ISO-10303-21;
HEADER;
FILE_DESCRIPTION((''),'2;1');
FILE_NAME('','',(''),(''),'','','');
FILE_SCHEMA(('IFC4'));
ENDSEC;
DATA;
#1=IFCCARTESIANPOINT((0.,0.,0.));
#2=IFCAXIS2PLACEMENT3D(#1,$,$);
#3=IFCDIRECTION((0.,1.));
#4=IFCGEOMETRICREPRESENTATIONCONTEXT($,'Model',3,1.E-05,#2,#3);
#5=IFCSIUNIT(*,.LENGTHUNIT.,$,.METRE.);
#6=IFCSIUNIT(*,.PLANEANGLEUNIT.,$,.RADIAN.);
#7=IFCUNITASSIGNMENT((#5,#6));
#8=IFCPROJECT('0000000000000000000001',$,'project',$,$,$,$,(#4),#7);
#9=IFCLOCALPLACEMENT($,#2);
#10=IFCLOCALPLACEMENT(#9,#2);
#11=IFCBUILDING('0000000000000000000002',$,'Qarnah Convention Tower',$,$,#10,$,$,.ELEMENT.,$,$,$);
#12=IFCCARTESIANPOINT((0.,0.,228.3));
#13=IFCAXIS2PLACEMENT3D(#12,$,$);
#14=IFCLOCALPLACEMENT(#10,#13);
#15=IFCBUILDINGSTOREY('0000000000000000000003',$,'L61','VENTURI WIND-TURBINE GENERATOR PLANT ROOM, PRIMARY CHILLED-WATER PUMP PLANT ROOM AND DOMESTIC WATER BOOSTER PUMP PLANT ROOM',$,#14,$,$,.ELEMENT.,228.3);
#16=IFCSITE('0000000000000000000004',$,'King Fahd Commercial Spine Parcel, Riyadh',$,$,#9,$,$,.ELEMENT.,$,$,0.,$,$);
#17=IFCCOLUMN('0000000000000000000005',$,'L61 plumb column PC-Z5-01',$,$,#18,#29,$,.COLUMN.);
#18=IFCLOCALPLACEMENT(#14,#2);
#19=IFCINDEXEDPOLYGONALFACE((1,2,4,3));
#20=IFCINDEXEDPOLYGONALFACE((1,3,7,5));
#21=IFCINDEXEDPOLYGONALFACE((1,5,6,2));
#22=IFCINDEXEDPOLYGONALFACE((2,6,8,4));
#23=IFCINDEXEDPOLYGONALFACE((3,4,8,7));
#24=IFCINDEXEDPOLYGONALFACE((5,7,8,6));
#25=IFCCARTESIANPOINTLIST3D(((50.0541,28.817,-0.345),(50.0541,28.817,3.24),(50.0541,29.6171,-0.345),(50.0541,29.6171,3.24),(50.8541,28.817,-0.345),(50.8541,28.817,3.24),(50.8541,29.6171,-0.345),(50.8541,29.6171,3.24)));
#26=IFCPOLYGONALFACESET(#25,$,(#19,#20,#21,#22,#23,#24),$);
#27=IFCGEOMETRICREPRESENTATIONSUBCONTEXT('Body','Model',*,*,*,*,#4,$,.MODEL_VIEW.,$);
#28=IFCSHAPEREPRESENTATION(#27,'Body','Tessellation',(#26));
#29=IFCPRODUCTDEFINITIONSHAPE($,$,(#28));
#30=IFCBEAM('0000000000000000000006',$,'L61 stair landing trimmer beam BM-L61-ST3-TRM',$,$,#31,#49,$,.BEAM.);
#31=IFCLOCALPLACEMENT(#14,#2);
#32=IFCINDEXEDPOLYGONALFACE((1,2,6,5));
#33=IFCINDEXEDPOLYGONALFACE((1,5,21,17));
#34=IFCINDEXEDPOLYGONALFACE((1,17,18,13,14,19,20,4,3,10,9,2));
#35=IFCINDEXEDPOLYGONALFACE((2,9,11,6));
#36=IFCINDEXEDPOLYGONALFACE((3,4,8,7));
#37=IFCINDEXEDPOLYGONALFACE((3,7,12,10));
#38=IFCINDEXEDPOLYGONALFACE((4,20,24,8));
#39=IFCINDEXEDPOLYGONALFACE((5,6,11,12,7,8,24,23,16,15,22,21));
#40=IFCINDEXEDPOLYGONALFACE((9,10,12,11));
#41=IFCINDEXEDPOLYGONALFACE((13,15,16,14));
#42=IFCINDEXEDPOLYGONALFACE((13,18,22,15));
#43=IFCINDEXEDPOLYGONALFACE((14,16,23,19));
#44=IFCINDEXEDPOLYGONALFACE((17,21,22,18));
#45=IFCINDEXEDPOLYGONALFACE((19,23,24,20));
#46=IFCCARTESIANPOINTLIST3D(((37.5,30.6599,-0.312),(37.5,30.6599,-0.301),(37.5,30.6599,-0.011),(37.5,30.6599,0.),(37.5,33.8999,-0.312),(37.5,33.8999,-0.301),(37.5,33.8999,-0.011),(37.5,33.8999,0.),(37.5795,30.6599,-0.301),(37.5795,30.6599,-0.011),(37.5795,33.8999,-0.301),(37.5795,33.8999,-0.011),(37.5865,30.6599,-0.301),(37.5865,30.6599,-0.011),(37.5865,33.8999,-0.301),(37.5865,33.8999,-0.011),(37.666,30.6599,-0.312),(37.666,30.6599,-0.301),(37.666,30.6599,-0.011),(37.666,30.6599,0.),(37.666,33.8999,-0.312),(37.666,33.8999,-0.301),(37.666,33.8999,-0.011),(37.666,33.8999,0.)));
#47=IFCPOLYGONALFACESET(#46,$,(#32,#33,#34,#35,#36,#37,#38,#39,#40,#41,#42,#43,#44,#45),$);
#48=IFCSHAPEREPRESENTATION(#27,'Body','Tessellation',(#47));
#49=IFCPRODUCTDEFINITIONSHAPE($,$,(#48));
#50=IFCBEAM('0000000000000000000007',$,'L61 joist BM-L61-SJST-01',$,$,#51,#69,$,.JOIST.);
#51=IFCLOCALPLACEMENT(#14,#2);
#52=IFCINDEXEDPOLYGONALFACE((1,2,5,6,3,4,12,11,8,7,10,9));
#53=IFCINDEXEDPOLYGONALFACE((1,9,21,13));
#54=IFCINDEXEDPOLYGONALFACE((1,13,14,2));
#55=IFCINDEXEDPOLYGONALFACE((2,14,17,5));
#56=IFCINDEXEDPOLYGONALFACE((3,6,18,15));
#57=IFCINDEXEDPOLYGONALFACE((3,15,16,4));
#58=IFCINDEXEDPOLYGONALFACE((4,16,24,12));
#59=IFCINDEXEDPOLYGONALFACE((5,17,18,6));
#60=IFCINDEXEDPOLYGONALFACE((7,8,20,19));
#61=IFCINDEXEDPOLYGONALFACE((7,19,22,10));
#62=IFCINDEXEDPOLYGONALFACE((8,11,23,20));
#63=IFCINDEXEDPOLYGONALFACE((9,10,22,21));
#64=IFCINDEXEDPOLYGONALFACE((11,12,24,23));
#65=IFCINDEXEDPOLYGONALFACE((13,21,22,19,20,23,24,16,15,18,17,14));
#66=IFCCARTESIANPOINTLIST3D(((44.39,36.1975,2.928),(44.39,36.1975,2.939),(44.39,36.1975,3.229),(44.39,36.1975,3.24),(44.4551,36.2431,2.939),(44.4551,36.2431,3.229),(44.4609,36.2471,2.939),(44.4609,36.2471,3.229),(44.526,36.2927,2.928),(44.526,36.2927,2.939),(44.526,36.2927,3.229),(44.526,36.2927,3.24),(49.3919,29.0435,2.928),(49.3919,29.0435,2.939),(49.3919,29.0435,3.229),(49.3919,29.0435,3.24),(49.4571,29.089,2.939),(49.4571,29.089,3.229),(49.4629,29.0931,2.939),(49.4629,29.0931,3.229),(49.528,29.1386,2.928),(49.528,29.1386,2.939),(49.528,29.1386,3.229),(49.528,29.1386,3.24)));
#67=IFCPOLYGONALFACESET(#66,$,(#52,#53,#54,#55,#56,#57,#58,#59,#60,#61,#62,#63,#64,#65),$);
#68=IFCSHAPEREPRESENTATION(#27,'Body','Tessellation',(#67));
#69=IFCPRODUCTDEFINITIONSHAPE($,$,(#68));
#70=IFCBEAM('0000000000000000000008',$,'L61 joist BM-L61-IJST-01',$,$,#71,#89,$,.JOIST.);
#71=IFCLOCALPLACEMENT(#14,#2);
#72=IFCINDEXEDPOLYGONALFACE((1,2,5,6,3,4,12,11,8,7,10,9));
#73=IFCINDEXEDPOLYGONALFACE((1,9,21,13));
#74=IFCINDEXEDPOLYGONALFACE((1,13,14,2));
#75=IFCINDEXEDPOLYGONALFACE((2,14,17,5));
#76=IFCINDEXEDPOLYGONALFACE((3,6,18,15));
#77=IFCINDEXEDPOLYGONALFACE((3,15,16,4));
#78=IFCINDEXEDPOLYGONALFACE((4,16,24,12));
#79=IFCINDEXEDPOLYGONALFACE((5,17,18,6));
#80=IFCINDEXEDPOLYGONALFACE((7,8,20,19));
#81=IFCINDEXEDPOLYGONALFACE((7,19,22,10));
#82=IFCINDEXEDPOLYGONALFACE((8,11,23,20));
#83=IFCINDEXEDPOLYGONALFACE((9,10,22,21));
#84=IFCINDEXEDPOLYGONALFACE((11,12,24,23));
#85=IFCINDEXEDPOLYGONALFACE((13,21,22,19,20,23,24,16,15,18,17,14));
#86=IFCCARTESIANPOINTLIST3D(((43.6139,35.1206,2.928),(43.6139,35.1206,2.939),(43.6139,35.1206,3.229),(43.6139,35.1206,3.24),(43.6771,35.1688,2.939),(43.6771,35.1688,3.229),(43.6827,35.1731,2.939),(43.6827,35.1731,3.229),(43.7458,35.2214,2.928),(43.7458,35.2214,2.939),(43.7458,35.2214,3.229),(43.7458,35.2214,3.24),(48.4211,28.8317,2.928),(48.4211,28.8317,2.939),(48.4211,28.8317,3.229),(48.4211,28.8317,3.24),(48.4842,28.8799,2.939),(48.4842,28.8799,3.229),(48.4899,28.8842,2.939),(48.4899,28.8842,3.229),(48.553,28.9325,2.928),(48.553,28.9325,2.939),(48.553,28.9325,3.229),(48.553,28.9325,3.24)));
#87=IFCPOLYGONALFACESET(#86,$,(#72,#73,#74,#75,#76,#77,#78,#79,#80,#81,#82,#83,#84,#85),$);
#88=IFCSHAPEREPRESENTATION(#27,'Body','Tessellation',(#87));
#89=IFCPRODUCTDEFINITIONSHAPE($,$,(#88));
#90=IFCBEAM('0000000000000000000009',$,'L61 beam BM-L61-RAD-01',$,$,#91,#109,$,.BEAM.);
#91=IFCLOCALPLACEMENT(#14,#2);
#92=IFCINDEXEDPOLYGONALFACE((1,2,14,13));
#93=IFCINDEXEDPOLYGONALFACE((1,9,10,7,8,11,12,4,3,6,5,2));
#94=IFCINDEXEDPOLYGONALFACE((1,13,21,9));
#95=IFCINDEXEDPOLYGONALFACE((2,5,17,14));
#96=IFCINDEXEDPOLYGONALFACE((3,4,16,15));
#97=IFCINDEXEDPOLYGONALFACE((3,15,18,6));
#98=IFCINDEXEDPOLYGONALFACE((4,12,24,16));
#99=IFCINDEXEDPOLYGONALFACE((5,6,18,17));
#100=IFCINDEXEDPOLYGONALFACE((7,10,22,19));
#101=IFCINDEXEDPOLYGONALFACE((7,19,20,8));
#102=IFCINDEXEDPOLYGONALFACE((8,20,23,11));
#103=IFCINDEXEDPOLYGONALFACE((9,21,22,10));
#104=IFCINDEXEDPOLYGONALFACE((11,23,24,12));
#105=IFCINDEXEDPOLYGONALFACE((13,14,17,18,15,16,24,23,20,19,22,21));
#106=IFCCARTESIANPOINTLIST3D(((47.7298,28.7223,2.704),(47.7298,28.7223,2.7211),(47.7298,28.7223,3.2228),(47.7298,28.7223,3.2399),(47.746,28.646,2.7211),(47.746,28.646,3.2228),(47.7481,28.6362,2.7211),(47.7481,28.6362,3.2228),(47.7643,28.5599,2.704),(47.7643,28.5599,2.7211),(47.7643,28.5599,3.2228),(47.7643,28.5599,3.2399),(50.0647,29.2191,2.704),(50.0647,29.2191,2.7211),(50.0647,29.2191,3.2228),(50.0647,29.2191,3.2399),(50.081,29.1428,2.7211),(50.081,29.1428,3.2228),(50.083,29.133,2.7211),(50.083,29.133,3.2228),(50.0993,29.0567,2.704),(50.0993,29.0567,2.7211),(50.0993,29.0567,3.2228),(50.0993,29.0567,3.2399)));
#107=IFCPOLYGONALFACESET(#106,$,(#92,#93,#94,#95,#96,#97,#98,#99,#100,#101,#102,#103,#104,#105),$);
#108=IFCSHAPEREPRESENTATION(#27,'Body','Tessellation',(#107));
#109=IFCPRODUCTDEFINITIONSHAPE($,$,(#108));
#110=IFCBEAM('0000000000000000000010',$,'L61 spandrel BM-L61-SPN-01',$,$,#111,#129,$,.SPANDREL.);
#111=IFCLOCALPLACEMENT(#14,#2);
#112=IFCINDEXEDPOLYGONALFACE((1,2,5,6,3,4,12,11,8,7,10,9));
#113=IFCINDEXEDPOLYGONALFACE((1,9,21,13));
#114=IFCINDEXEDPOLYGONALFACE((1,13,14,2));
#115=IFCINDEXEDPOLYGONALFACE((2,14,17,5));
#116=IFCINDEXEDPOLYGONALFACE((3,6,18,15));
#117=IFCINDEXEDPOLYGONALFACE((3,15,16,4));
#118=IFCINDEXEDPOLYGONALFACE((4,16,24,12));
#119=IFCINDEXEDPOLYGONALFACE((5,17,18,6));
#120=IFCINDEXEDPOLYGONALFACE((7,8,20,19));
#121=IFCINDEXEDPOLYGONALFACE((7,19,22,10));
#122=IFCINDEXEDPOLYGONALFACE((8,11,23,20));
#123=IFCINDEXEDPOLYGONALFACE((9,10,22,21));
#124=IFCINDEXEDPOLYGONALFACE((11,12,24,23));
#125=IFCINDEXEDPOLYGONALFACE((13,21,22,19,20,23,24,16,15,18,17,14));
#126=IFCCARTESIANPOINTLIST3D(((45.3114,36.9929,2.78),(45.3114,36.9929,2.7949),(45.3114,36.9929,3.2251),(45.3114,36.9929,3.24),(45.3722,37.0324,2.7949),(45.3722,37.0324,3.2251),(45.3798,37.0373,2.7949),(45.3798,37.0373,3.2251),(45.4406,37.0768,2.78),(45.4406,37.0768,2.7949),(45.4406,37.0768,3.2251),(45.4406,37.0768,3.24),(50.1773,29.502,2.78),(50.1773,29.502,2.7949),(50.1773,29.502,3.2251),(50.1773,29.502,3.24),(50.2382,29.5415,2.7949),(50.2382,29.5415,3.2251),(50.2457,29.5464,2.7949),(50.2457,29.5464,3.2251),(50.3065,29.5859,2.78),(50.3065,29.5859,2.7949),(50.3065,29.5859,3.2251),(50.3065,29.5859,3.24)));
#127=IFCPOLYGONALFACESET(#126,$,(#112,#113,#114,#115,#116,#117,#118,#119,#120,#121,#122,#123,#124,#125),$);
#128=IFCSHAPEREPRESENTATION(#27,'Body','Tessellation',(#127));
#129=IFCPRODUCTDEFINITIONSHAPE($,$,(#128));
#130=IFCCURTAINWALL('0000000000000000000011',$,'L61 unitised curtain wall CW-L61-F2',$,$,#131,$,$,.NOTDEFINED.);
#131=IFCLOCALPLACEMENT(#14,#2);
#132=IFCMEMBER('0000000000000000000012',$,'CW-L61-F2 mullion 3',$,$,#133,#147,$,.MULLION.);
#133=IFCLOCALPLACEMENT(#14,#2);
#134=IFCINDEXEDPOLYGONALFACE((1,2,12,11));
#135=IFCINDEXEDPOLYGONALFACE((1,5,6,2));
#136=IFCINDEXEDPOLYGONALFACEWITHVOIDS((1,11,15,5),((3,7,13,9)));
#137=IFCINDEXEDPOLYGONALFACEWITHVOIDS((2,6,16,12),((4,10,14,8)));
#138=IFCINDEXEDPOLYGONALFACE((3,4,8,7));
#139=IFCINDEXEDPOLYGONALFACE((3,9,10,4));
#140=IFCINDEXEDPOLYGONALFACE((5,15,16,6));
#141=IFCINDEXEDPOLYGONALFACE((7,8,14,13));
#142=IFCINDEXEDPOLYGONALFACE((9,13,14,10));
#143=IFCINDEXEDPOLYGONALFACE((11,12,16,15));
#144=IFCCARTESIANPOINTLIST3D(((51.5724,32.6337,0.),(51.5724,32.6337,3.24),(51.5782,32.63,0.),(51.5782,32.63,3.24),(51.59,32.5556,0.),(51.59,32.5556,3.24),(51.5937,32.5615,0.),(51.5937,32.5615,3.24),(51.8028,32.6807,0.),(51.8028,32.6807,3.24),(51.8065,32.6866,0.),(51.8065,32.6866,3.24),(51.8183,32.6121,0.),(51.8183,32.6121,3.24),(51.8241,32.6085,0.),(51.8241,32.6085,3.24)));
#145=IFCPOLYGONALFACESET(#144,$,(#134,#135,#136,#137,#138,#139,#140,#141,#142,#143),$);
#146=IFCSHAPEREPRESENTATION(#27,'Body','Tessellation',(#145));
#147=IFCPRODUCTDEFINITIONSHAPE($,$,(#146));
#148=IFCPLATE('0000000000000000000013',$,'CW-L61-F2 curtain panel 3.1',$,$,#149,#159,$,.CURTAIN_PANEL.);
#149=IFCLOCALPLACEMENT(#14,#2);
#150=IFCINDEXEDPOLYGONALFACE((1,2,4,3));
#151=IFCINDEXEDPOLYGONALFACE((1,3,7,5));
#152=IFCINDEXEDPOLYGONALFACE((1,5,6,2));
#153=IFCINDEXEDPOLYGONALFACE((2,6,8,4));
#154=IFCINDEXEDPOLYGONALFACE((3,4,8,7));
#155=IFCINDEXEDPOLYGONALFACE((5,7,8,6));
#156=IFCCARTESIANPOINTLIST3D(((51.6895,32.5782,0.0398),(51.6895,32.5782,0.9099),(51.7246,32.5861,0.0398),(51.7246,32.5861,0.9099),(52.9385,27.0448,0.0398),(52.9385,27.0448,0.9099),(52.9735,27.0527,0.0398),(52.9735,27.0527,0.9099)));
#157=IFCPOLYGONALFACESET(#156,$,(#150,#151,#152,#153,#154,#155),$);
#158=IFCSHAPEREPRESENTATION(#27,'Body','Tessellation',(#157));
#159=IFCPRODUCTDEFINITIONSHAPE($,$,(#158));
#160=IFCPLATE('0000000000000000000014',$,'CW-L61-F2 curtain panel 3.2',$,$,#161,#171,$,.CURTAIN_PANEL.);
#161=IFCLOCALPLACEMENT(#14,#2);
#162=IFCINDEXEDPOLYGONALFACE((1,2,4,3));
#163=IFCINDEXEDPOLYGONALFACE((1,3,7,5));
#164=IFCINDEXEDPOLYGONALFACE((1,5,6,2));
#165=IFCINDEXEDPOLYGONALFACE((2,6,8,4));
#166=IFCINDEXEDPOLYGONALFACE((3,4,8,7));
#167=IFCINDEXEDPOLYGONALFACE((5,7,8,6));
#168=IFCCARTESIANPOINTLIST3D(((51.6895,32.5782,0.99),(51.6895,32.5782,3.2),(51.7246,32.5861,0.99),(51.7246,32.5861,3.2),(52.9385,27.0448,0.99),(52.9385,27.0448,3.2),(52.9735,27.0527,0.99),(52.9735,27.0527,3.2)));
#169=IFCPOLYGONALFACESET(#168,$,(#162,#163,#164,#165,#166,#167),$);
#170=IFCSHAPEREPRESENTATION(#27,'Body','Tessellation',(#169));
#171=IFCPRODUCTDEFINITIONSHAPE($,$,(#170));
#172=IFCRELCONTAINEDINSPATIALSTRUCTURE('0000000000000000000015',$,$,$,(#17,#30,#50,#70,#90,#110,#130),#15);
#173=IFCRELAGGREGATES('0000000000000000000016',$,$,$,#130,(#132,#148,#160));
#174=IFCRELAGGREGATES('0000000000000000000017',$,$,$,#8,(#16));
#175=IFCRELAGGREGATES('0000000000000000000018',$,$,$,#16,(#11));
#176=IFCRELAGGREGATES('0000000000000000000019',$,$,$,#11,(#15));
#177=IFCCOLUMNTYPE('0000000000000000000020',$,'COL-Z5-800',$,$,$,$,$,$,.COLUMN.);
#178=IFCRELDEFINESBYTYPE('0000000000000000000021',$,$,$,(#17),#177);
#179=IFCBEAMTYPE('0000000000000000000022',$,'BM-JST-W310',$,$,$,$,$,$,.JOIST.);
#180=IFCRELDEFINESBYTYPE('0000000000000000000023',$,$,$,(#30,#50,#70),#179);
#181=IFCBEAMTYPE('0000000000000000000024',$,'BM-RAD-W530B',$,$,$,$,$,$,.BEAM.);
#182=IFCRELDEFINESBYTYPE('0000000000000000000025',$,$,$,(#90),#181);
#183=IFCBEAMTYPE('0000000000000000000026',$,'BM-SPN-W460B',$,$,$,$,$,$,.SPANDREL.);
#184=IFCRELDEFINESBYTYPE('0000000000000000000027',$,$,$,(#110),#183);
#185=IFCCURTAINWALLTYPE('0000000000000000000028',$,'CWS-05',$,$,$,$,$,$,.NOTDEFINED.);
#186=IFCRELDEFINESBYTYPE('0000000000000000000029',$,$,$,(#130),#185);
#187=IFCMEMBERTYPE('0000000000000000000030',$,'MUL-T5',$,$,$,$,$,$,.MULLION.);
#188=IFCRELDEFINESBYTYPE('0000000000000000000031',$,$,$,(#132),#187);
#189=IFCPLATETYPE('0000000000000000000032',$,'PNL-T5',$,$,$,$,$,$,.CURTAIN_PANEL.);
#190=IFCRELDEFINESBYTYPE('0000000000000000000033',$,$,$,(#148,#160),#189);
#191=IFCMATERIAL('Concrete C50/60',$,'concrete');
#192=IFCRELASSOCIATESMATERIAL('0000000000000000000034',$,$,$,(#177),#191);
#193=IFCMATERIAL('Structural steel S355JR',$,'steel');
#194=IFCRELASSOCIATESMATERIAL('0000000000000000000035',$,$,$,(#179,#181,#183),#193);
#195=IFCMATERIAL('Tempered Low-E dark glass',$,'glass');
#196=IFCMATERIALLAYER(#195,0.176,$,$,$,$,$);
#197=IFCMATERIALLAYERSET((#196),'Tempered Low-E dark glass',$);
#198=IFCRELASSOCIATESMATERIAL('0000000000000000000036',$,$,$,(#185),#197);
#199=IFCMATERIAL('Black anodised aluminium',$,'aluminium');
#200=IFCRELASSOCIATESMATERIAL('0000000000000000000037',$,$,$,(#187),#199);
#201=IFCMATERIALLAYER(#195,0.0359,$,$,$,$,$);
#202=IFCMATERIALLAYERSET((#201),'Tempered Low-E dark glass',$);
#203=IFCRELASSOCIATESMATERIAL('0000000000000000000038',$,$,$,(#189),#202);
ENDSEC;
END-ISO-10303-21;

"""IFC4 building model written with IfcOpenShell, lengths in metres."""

from ifc_helpers import new_model, si_unit, direction, frame, origin, origin_2d, place, context, subcontext, project, spatial, rectangle, hollow_rectangle, i_section, extrude, material, layer, layer_set, material_profile, profile_set, type_object, element, aggregate, save


model = new_model("IFC4")

# Units and contexts
model_context = context("Model", 3, precision=1e-05, world=origin(), true_north=direction((0.0, 1.0)))
body_context = subcontext(model_context, "Body", "Model", "MODEL_VIEW")
ifc_project = project(units=[si_unit("LENGTHUNIT", "METRE"), si_unit("PLANEANGLEUNIT", "RADIAN")], contexts=[model_context])

# Site, building, storey
site_placement = place(None, origin())
site = spatial("IfcSite", under=ifc_project, at=site_placement, Name="King Fahd Commercial Spine Parcel, Riyadh", CompositionType="ELEMENT", RefElevation=0.0)
building_placement = place(site_placement, origin())
building = spatial("IfcBuilding", under=site, at=building_placement, Name="Qarnah Convention Tower", CompositionType="ELEMENT")
storey_placement = place(building_placement, frame((0.0, 0.0, 228.3)))
storey = spatial("IfcBuildingStorey", under=building, at=storey_placement, Name="L61", Description="VENTURI WIND-TURBINE GENERATOR PLANT ROOM, PRIMARY CHILLED-WATER PUMP PLANT ROOM AND DOMESTIC WATER BOOSTER PUMP PLANT ROOM", CompositionType="ELEMENT", Elevation=228.3)

# Column
ifc_material_1 = material(Name="Concrete C50/60", Category="concrete")
ifc_material_profile_1 = material_profile(ifc_material_1, rectangle(XDim=0.8, YDim=0.8, at=origin_2d()), Name="RC-COL-800X800")
ifc_profile_set_1 = profile_set([ifc_material_profile_1], Name="Concrete C50/60")
column_type = type_object("IfcColumnType", Name="COL-Z5-800", PredefinedType="COLUMN", material=ifc_profile_set_1)
column_placement = place(storey_placement, frame((50.4541, 29.217, -0.345), z_axis=(0.0, 0.0, 1.0), x_axis=(1.0, 0.0, 0.0)))
element("IfcColumn", 1, at=column_placement, inside=storey, type_object=column_type, Name="L61 plumb column PC-Z5-01", PredefinedType="COLUMN", context=body_context, shape_type="SweptSolid", body=[
    extrude(rectangle(XDim=0.8, YDim=0.8, at=origin_2d()), origin(), (0.0, 0.0, 1.0), 3.585),
])

# Beams
ifc_material_2 = material(Name="Structural steel S355JR", Category="steel")
ifc_material_profile_2 = material_profile(ifc_material_2, i_section(OverallWidth=0.166, OverallDepth=0.312, WebThickness=0.0071, FlangeThickness=0.011, at=origin_2d()), Name="W310X45")
ifc_profile_set_2 = profile_set([ifc_material_profile_2], Name="Structural steel S355JR")
beam_type_1 = type_object("IfcBeamType", Name="BM-JST-W310", PredefinedType="JOIST", material=ifc_profile_set_2)
beam_1_placement = place(storey_placement, frame((37.583, 30.6599, -0.156), z_axis=(0.0, 1.0, 0.0), x_axis=(-1.0, 0.0, 0.0)))
element("IfcBeam", 2, at=beam_1_placement, inside=storey, type_object=beam_type_1, Name="L61 stair landing trimmer beam BM-L61-ST3-TRM", PredefinedType="BEAM", context=body_context, shape_type="SweptSolid", body=[
    extrude(i_section(OverallWidth=0.166, OverallDepth=0.312, WebThickness=0.0071, FlangeThickness=0.011, at=origin_2d()), origin(), (0.0, 0.0, 1.0), 3.24),
])
beam_2_placement = place(storey_placement, frame((49.46, 29.0911, 3.084), z_axis=(-0.57301, 0.819548, 0.0), x_axis=(-0.819548, -0.57301, 0.0)))
element("IfcBeam", 3, at=beam_2_placement, inside=storey, type_object=beam_type_1, Name="L61 joist BM-L61-SJST-01", PredefinedType="JOIST", context=body_context, shape_type="SweptSolid", body=[
    extrude(i_section(OverallWidth=0.166, OverallDepth=0.312, WebThickness=0.0071, FlangeThickness=0.011, at=origin_2d()), origin(), (0.0, 0.0, 1.0), 8.7292),
])
beam_3_placement = place(storey_placement, frame((48.4871, 28.8821, 3.084), z_axis=(-0.607293, 0.794478, 0.0), x_axis=(-0.794478, -0.607293, 0.0)))
element("IfcBeam", 4, at=beam_3_placement, inside=storey, type_object=beam_type_1, Name="L61 joist BM-L61-IJST-01", PredefinedType="JOIST", context=body_context, shape_type="SweptSolid", body=[
    extrude(i_section(OverallWidth=0.166, OverallDepth=0.312, WebThickness=0.0071, FlangeThickness=0.011, at=origin_2d()), origin(), (0.0, 0.0, 1.0), 7.9158),
])
ifc_material_profile_3 = material_profile(ifc_material_2, i_section(OverallWidth=0.166, OverallDepth=0.5359, WebThickness=0.01, FlangeThickness=0.0171, at=origin_2d()), Name="W530X85")
ifc_profile_set_3 = profile_set([ifc_material_profile_3], Name="Structural steel S355JR")
beam_type_2 = type_object("IfcBeamType", Name="BM-RAD-W530B", PredefinedType="BEAM", material=ifc_profile_set_3)
beam_4_placement = place(storey_placement, frame((47.7471, 28.6411, 2.9719), z_axis=(0.978104, 0.208118, 0.0), x_axis=(-0.208118, 0.978104, 0.0)))
element("IfcBeam", 5, at=beam_4_placement, inside=storey, type_object=beam_type_2, Name="L61 beam BM-L61-RAD-01", PredefinedType="BEAM", context=body_context, shape_type="SweptSolid", body=[
    extrude(i_section(OverallWidth=0.166, OverallDepth=0.5359, WebThickness=0.01, FlangeThickness=0.0171, at=origin_2d()), origin(), (0.0, 0.0, 1.0), 2.3872),
])
ifc_material_profile_4 = material_profile(ifc_material_2, i_section(OverallWidth=0.1541, OverallDepth=0.46, WebThickness=0.009, FlangeThickness=0.0149, at=origin_2d()), Name="W460X68")
ifc_profile_set_4 = profile_set([ifc_material_profile_4], Name="Structural steel S355JR")
beam_type_3 = type_object("IfcBeamType", Name="BM-SPN-W460B", PredefinedType="SPANDREL", material=ifc_profile_set_4)
beam_5_placement = place(storey_placement, frame((50.2419, 29.5439, 3.01), z_axis=(-0.54474, 0.838605, 0.0), x_axis=(-0.838605, -0.54474, 0.0)))
element("IfcBeam", 6, at=beam_5_placement, inside=storey, type_object=beam_type_3, Name="L61 spandrel BM-L61-SPN-01", PredefinedType="SPANDREL", context=body_context, shape_type="SweptSolid", body=[
    extrude(i_section(OverallWidth=0.1541, OverallDepth=0.46, WebThickness=0.009, FlangeThickness=0.0149, at=origin_2d()), origin(), (0.0, 0.0, 1.0), 8.9326),
])

# Curtain wall, member, plates
ifc_material_3 = material(Name="Tempered Low-E dark glass", Category="glass")
ifc_layer_1 = layer(ifc_material_3, 0.176)
ifc_layer_set_1 = layer_set([ifc_layer_1], Name="Tempered Low-E dark glass")
curtain_wall_type = type_object("IfcCurtainWallType", Name="CWS-05", PredefinedType="NOTDEFINED", material=ifc_layer_set_1)
curtain_wall_placement = place(storey_placement, origin())
curtain_wall = element("IfcCurtainWall", 7, at=curtain_wall_placement, inside=storey, type_object=curtain_wall_type, Name="L61 unitised curtain wall CW-L61-F2", PredefinedType="NOTDEFINED")
ifc_material_4 = material(Name="Black anodised aluminium", Category="aluminium")
ifc_material_profile_5 = material_profile(ifc_material_4, hollow_rectangle(XDim=0.0801, YDim=0.24, WallThickness=0.0049, at=origin_2d()), Name="MUL-80X240")
ifc_profile_set_5 = profile_set([ifc_material_profile_5], Name="Black anodised aluminium")
member_type = type_object("IfcMemberType", Name="MUL-T5", PredefinedType="MULLION", material=ifc_profile_set_5)
member_placement = place(storey_placement, frame((51.6982, 32.6211, 0.0), z_axis=(0.0, 0.0, 1.0), x_axis=(0.22018, -0.975459, 0.0)))
member = element("IfcMember", 8, at=member_placement, type_object=member_type, Name="CW-L61-F2 mullion 3", PredefinedType="MULLION", context=body_context, shape_type="SweptSolid", body=[
    extrude(hollow_rectangle(XDim=0.0801, YDim=0.24, WallThickness=0.0049, at=origin_2d()), origin(), (0.0, 0.0, 1.0), 3.24),
])
ifc_layer_2 = layer(ifc_material_3, 0.0359)
ifc_layer_set_2 = layer_set([ifc_layer_2], Name="Tempered Low-E dark glass")
plate_type = type_object("IfcPlateType", Name="PNL-T5", PredefinedType="CURTAIN_PANEL", material=ifc_layer_set_2)
plate_1_placement = place(storey_placement, frame((52.3315, 29.8154, 0.0398), z_axis=(0.0, 0.0, 1.0), x_axis=(0.22018, -0.975459, 0.0)))
plate_1 = element("IfcPlate", 9, at=plate_1_placement, type_object=plate_type, Name="CW-L61-F2 curtain panel 3.1", PredefinedType="CURTAIN_PANEL", context=body_context, shape_type="SweptSolid", body=[
    extrude(rectangle(XDim=5.6726, YDim=0.0359, at=origin_2d()), origin(), (0.0, 0.0, 1.0), 0.8701),
])
plate_2_placement = place(storey_placement, frame((52.3315, 29.8154, 0.99), z_axis=(0.0, 0.0, 1.0), x_axis=(0.22018, -0.975459, 0.0)))
plate_2 = element("IfcPlate", 10, at=plate_2_placement, type_object=plate_type, Name="CW-L61-F2 curtain panel 3.2", PredefinedType="CURTAIN_PANEL", context=body_context, shape_type="SweptSolid", body=[
    extrude(rectangle(XDim=5.6726, YDim=0.0359, at=origin_2d()), origin(), (0.0, 0.0, 1.0), 2.21),
])
aggregate(curtain_wall, [member, plate_1, plate_2])

save(model, "model.ifc")
